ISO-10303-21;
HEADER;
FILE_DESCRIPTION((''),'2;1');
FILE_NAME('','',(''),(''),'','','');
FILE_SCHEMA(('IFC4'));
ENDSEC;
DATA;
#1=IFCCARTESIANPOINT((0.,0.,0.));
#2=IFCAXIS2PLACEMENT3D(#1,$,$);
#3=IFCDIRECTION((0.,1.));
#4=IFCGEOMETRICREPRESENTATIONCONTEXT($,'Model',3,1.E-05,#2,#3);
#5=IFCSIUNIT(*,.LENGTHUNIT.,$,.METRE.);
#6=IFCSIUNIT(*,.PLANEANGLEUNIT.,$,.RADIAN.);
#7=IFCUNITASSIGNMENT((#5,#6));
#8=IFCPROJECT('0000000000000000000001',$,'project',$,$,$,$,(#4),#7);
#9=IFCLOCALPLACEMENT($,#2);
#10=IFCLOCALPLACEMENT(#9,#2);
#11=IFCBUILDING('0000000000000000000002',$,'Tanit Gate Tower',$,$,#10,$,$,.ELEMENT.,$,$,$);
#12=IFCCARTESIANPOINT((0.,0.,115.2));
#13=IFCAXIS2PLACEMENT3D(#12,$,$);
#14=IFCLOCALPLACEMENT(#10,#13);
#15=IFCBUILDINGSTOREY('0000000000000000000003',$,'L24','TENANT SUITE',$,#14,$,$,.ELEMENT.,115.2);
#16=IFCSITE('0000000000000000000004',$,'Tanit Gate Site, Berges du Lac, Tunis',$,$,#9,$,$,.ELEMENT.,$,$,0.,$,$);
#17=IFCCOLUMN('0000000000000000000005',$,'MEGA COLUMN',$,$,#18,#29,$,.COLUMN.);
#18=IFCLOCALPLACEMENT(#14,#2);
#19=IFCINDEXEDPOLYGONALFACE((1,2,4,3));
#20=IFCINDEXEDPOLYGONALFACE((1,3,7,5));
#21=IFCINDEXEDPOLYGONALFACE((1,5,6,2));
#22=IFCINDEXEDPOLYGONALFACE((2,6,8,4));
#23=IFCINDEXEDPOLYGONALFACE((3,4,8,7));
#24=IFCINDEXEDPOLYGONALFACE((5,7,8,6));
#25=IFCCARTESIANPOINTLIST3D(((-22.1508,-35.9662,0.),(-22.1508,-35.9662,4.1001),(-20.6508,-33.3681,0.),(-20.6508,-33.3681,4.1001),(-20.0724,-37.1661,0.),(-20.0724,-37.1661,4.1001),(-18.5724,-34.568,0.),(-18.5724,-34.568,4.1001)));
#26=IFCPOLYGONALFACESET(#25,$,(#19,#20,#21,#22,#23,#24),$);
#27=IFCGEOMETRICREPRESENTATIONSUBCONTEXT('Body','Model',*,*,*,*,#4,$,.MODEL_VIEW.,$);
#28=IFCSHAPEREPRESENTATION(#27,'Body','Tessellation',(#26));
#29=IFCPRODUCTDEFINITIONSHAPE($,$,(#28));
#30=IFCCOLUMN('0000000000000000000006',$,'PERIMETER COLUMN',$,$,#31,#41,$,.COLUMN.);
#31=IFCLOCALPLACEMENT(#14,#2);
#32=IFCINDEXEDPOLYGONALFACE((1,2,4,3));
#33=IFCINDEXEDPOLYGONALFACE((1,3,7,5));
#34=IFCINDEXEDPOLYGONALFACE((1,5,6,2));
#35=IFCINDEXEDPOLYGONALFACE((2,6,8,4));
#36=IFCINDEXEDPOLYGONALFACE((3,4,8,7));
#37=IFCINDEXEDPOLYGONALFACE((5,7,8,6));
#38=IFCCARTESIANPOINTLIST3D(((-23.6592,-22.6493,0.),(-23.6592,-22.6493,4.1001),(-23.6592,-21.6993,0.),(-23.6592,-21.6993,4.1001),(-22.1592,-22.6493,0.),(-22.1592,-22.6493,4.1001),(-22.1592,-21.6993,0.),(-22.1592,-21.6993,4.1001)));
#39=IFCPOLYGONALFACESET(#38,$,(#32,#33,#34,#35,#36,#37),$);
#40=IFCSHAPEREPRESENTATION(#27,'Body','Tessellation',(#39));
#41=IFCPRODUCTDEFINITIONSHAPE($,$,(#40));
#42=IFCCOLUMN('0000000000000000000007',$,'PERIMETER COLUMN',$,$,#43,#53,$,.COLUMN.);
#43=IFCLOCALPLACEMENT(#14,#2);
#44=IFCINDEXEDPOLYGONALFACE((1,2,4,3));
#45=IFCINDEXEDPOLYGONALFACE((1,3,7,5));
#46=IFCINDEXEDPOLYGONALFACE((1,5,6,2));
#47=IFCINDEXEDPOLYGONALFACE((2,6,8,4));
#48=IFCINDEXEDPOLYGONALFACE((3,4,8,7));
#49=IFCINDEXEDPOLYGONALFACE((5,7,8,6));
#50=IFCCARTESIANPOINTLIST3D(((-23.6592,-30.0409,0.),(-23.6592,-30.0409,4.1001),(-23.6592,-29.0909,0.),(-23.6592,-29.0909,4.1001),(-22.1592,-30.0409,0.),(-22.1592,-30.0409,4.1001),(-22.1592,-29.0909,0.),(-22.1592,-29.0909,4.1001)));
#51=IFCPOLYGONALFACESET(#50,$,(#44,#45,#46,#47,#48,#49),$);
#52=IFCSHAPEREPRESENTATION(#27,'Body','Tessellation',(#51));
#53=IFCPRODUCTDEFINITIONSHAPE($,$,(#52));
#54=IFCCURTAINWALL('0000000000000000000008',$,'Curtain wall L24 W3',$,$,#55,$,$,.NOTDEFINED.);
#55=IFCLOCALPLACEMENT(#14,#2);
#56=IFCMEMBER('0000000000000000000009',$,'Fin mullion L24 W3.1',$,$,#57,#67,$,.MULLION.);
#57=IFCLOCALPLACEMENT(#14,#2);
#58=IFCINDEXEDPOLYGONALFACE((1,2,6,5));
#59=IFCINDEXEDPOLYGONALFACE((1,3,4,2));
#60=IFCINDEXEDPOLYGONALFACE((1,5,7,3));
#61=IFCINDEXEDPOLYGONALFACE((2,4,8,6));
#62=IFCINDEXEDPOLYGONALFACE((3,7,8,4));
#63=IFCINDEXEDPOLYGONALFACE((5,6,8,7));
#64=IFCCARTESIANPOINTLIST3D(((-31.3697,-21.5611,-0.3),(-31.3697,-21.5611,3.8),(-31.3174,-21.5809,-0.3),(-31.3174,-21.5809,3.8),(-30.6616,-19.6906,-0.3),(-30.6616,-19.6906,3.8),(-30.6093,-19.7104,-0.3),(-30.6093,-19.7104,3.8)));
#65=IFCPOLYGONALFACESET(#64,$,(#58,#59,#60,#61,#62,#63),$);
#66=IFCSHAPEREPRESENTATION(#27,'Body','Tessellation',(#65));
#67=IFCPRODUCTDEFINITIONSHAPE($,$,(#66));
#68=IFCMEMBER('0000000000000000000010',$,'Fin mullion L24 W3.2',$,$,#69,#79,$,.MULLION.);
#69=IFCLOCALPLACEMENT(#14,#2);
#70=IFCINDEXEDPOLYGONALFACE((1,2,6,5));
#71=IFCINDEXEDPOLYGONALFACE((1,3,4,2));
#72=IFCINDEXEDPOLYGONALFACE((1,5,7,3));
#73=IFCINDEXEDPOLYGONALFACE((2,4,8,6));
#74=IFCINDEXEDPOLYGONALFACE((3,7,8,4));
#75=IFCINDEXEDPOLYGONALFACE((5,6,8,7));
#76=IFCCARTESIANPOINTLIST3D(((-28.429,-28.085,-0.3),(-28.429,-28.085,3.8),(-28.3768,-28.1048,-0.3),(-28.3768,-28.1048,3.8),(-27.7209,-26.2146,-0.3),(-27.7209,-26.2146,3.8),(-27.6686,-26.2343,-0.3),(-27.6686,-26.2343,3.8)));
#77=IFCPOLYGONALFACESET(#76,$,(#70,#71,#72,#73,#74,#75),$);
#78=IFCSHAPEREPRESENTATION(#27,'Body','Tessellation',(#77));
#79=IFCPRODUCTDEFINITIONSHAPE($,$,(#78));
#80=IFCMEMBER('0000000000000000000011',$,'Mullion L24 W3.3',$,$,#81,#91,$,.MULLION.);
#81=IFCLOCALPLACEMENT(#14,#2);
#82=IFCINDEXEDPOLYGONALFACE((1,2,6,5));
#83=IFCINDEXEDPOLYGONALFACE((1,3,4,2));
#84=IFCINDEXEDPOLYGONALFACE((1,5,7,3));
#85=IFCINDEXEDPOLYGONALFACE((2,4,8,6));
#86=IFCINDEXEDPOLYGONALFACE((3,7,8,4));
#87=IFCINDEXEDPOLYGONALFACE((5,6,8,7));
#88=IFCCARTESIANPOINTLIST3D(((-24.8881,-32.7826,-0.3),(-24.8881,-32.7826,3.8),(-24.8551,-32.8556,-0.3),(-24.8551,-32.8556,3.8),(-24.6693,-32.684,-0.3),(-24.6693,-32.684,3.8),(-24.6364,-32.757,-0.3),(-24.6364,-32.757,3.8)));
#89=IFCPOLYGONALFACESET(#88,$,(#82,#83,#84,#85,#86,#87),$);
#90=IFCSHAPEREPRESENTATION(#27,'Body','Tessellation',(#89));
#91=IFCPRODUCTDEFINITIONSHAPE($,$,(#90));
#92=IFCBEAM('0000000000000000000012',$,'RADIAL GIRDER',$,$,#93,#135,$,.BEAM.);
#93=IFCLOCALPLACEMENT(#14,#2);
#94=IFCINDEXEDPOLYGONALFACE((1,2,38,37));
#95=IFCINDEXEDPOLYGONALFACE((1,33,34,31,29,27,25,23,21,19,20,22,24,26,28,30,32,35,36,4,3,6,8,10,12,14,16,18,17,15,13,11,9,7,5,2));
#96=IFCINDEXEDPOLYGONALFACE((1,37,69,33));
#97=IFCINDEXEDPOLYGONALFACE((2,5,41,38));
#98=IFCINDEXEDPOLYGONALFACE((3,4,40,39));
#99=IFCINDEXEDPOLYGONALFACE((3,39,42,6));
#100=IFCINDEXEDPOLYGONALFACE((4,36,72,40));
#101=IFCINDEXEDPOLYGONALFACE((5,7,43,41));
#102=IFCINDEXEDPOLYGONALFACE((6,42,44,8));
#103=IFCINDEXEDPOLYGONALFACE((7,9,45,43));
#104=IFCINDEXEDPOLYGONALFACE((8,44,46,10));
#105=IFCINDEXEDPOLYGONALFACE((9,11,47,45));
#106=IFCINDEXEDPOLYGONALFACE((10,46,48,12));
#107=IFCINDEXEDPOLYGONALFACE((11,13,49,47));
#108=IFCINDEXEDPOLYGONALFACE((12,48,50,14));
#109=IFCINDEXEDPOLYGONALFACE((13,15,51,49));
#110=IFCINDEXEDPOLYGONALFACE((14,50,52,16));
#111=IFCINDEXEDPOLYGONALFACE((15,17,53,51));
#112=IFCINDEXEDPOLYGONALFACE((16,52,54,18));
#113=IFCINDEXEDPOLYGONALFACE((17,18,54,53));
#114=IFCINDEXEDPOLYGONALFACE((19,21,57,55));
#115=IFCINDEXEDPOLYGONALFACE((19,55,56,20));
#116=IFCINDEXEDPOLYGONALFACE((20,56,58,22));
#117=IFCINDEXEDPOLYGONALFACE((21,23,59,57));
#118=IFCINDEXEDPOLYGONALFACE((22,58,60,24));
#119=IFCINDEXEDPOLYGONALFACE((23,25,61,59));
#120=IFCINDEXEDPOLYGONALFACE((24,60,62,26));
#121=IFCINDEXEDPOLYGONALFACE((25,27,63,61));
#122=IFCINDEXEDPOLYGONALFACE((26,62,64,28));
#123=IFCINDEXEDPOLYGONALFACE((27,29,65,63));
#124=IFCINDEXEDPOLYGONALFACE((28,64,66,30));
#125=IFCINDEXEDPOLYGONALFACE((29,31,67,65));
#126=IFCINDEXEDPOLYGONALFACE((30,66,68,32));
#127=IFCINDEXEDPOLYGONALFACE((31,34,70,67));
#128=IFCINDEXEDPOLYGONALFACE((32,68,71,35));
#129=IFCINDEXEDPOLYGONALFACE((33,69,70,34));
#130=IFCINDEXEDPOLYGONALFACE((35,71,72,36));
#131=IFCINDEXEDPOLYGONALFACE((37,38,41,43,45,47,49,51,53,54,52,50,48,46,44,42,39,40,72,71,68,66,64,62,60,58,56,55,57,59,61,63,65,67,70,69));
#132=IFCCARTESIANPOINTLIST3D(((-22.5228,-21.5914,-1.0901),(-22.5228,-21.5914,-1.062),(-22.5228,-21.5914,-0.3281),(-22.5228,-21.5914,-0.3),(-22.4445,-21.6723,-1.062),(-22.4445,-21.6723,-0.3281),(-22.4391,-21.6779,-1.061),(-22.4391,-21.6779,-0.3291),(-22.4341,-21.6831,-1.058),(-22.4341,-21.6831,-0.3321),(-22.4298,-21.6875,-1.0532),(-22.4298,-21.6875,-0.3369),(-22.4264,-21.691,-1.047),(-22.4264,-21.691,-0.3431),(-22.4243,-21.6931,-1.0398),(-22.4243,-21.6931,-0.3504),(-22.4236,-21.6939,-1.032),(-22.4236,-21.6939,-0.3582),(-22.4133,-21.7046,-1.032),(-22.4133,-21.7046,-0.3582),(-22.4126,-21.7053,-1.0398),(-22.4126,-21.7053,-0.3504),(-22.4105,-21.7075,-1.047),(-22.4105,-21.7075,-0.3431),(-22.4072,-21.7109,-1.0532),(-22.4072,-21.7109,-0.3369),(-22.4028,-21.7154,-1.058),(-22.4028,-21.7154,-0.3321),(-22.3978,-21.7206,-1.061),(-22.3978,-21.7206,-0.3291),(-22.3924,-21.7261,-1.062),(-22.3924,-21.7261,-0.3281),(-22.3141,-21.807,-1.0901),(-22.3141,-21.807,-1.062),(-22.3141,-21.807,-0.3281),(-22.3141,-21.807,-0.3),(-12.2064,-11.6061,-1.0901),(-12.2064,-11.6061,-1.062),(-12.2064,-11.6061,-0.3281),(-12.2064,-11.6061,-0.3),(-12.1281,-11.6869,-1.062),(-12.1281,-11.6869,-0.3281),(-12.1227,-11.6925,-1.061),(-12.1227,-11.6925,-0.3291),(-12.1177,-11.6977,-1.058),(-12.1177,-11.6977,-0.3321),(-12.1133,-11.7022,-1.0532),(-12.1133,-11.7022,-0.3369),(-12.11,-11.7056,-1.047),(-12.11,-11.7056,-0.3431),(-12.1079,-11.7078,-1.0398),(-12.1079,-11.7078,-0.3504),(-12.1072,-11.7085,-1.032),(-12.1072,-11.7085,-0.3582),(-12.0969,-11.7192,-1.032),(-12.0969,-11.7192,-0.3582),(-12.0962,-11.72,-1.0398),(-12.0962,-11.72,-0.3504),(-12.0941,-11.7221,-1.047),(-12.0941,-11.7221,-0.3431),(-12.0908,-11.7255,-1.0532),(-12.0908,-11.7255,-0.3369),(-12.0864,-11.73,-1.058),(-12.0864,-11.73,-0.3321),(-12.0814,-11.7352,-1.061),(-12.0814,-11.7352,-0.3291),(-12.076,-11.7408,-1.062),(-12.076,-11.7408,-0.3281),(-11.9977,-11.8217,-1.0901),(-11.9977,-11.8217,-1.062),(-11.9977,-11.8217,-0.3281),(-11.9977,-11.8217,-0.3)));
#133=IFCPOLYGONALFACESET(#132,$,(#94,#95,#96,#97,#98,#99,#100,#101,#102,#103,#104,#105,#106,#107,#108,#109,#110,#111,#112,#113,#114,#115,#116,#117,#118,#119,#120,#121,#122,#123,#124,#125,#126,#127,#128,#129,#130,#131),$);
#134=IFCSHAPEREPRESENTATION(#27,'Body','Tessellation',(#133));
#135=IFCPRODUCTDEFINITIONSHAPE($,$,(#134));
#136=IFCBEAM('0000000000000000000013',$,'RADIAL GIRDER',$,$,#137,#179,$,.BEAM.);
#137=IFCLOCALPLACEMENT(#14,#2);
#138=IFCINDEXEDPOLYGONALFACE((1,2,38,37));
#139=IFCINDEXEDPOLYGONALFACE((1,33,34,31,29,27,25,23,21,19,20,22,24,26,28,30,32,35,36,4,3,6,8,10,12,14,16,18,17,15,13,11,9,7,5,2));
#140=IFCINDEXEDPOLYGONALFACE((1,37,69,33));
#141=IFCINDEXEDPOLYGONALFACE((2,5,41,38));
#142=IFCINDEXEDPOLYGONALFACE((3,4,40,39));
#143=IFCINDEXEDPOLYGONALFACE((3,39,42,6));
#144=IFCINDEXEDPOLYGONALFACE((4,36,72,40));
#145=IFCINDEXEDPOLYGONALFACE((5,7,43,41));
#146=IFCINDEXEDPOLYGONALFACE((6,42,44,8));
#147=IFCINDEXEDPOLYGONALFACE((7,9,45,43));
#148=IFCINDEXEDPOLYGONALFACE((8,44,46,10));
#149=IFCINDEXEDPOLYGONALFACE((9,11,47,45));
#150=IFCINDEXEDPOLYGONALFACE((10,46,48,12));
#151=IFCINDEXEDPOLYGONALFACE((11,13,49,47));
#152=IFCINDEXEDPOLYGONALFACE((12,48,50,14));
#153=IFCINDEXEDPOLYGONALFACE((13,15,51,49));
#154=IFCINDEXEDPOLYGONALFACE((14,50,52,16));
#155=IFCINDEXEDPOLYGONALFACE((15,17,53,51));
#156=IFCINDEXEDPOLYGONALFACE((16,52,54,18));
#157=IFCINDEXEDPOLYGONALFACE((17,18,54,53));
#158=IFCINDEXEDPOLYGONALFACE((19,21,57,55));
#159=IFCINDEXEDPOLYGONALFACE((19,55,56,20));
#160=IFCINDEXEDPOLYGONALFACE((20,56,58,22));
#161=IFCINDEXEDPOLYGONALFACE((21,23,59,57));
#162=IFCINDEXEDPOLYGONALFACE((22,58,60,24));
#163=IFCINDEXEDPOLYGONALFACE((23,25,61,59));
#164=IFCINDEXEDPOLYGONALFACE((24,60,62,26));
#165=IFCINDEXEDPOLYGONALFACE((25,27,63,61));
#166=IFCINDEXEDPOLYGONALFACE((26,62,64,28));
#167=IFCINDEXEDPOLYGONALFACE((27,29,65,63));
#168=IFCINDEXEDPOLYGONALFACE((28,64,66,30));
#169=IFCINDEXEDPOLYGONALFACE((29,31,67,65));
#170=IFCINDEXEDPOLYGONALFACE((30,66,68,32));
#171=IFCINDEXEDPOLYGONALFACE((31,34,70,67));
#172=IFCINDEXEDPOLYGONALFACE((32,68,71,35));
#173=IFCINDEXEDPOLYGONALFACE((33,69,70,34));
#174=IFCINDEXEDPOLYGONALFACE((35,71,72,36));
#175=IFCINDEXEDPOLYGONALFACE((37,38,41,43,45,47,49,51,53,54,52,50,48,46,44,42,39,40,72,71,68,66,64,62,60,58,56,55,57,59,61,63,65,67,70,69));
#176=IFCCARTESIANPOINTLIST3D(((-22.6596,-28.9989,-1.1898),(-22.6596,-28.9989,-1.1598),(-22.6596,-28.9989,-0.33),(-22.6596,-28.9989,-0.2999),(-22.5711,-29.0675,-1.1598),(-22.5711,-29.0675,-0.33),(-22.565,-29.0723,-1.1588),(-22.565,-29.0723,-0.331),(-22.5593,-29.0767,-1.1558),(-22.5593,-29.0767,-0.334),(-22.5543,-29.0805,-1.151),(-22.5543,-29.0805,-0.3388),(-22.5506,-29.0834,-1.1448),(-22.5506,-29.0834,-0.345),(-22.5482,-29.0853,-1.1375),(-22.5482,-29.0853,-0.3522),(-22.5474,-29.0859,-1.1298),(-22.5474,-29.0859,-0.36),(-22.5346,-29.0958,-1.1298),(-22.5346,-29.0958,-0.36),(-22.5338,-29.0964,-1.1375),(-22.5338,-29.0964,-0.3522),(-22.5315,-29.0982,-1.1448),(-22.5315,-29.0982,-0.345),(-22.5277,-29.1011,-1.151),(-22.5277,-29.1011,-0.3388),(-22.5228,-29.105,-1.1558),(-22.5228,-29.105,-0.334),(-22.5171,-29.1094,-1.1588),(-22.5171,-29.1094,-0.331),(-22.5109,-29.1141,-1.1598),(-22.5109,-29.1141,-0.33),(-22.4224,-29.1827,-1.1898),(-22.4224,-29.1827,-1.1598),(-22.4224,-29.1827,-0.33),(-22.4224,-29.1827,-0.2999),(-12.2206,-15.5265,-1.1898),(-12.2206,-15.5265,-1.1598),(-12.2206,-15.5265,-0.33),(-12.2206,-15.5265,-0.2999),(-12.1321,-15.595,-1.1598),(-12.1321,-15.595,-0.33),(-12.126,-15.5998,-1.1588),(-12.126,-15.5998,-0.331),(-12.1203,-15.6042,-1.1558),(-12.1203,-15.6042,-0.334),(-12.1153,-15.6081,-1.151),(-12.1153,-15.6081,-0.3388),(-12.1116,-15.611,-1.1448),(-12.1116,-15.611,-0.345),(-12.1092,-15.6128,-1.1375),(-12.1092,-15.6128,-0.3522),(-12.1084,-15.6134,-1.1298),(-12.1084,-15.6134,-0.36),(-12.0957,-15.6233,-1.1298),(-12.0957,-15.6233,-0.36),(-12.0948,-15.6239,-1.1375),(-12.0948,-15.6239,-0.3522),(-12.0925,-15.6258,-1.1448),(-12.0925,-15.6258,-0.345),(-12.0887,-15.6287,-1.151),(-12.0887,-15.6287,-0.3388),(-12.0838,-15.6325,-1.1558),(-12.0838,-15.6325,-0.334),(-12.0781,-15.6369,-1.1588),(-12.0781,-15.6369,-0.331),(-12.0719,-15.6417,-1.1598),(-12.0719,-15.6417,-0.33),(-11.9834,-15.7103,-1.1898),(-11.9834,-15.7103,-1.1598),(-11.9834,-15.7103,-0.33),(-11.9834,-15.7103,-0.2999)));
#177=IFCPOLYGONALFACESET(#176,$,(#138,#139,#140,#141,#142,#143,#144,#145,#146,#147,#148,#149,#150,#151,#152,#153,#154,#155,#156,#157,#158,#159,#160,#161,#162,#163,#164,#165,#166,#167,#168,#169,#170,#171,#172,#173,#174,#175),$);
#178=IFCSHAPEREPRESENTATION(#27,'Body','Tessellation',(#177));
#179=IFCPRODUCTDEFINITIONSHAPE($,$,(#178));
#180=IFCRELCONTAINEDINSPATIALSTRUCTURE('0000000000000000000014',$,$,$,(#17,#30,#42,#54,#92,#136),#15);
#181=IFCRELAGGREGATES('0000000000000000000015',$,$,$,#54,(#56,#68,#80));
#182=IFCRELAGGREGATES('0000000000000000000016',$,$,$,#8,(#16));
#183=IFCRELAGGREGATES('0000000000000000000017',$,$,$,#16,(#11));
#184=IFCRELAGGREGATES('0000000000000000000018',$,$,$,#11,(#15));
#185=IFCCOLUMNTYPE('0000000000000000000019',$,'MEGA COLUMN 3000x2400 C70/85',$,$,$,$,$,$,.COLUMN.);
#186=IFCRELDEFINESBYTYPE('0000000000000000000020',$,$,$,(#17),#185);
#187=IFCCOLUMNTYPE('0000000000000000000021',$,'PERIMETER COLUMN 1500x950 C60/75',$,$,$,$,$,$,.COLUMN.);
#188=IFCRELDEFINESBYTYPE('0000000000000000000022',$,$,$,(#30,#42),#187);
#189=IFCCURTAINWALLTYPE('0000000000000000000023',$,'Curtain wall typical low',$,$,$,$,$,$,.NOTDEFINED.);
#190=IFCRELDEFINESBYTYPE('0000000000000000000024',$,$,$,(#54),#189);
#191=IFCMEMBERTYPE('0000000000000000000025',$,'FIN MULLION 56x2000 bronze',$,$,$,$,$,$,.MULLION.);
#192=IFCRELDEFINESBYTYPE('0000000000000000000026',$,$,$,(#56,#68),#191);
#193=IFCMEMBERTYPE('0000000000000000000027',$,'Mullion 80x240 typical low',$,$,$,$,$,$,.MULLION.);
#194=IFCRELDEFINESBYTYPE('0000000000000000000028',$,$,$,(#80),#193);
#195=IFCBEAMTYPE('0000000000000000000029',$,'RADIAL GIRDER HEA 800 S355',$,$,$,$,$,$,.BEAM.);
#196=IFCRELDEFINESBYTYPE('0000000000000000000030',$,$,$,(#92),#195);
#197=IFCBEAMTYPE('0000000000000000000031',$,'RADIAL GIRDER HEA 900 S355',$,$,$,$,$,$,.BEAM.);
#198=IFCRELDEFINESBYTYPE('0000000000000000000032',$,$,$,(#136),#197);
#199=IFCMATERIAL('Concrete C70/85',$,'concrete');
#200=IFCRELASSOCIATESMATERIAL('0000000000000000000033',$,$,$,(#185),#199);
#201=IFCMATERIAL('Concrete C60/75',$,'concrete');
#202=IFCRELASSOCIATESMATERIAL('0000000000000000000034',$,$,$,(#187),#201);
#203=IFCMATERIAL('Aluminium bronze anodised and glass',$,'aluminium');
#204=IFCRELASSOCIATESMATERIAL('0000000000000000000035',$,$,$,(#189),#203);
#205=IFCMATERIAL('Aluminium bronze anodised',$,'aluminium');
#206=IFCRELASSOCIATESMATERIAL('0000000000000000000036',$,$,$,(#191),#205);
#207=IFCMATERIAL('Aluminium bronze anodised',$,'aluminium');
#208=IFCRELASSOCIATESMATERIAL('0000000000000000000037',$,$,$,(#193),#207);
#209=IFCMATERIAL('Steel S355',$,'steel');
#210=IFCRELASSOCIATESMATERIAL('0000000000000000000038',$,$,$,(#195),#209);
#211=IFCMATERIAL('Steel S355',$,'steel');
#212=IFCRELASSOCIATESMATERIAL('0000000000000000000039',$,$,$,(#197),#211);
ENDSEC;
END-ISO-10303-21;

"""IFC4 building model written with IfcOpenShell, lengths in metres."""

from ifc_helpers import new_model, si_unit, direction, frame, origin, origin_2d, place, context, subcontext, project, spatial, rectangle, i_section, extrude, material, material_profile, profile_set, type_object, element, aggregate, save


model = new_model("IFC4")

# Units and contexts
model_context = context("Model", 3, precision=1e-05, world=origin(), true_north=direction((0.0, 1.0)))
body_context = subcontext(model_context, "Body", "Model", "MODEL_VIEW")
ifc_project = project(units=[si_unit("LENGTHUNIT", "METRE"), si_unit("PLANEANGLEUNIT", "RADIAN")], contexts=[model_context])

# Site, building, storey
site_placement = place(None, origin())
site = spatial("IfcSite", under=ifc_project, at=site_placement, Name="Tanit Gate Site, Berges du Lac, Tunis", CompositionType="ELEMENT", RefElevation=0.0)
building_placement = place(site_placement, origin())
building = spatial("IfcBuilding", under=site, at=building_placement, Name="Tanit Gate Tower", CompositionType="ELEMENT")
storey_placement = place(building_placement, frame((0.0, 0.0, 115.2)))
storey = spatial("IfcBuildingStorey", under=building, at=storey_placement, Name="L24", Description="TENANT SUITE", CompositionType="ELEMENT", Elevation=115.2)

# Columns
ifc_material_1 = material(Name="Concrete C70/85", Category="concrete")
ifc_material_profile_1 = material_profile(ifc_material_1, rectangle(XDim=3.0, YDim=2.3999, at=origin_2d()), Name="RC 3000x2400")
ifc_profile_set_1 = profile_set([ifc_material_profile_1], Name="Concrete C70/85")
column_type_1 = type_object("IfcColumnType", Name="MEGA COLUMN 3000x2400 C70/85", PredefinedType="COLUMN", material=ifc_profile_set_1)
column_placement = place(storey_placement, frame((-20.3616, -35.2671, 0.0), z_axis=(0.0, 0.0, 1.0), x_axis=(-0.5, -0.866025, 0.0)))
element("IfcColumn", 1, at=column_placement, inside=storey, type_object=column_type_1, Name="MEGA COLUMN", PredefinedType="COLUMN", context=body_context, shape_type="SweptSolid", body=[
    extrude(rectangle(XDim=3.0, YDim=2.3999, at=origin_2d()), origin(), (0.0, 0.0, 1.0), 4.1001),
])
ifc_material_2 = material(Name="Concrete C60/75", Category="concrete")
ifc_material_profile_2 = material_profile(ifc_material_2, rectangle(XDim=1.5, YDim=0.95, at=origin_2d()), Name="RC 1500x950")
ifc_profile_set_2 = profile_set([ifc_material_profile_2], Name="Concrete C60/75")
column_type_2 = type_object("IfcColumnType", Name="PERIMETER COLUMN 1500x950 C60/75", PredefinedType="COLUMN", material=ifc_profile_set_2)
for number, where, z_axis, x_axis, name in (
    (2, (-22.9092, -22.1743, 0.0), (0.0, 0.0, 1.0), (-1.0, 0.0, 0.0), "PERIMETER COLUMN"),
    (3, (-22.9092, -29.5659, 0.0), (0.0, 0.0, 1.0), (-1.0, 0.0, 0.0), "PERIMETER COLUMN"),
):
    element("IfcColumn", number, at=place(storey_placement, frame(where, z_axis=z_axis, x_axis=x_axis)), inside=storey, type_object=column_type_2, Name=name, PredefinedType="COLUMN", context=body_context, shape_type="SweptSolid", body=[
        extrude(rectangle(XDim=1.5, YDim=0.95, at=origin_2d()), origin(), (0.0, 0.0, 1.0), 4.1001),
    ])

# Curtain wall, members
ifc_material_3 = material(Name="Aluminium bronze anodised and glass", Category="aluminium")
curtain_wall_type = type_object("IfcCurtainWallType", Name="Curtain wall typical low", PredefinedType="NOTDEFINED", material=ifc_material_3)
curtain_wall_placement = place(storey_placement, origin())
curtain_wall = element("IfcCurtainWall", 4, at=curtain_wall_placement, inside=storey, type_object=curtain_wall_type, Name="Curtain wall L24 W3", PredefinedType="NOTDEFINED")
ifc_material_4 = material(Name="Aluminium bronze anodised", Category="aluminium")
ifc_material_profile_3 = material_profile(ifc_material_4, rectangle(XDim=2.0, YDim=0.0559, at=origin_2d()), Name="56x2000 bronze fin mullion")
ifc_profile_set_3 = profile_set([ifc_material_profile_3], Name="Aluminium bronze anodised")
member_type_1 = type_object("IfcMemberType", Name="FIN MULLION 56x2000 bronze", PredefinedType="MULLION", material=ifc_profile_set_3)
member_1_placement = place(storey_placement, frame((-30.9895, -20.6357, -0.3), z_axis=(0.0, 0.0, 1.0), x_axis=(0.354076, 0.935217, 0.0)))
member_1 = element("IfcMember", 5, at=member_1_placement, type_object=member_type_1, Name="Fin mullion L24 W3.1", PredefinedType="MULLION", context=body_context, shape_type="SweptSolid", body=[
    extrude(rectangle(XDim=2.0, YDim=0.0559, at=origin_2d()), origin(), (0.0, 0.0, 1.0), 4.1001),
])
member_2_placement = place(storey_placement, frame((-28.0488, -27.1597, -0.3), z_axis=(0.0, 0.0, 1.0), x_axis=(0.354076, 0.935217, 0.0)))
member_2 = element("IfcMember", 6, at=member_2_placement, type_object=member_type_1, Name="Fin mullion L24 W3.2", PredefinedType="MULLION", context=body_context, shape_type="SweptSolid", body=[
    extrude(rectangle(XDim=2.0, YDim=0.0559, at=origin_2d()), origin(), (0.0, 0.0, 1.0), 4.1001),
])
ifc_material_5 = material(Name="Aluminium bronze anodised", Category="aluminium")
ifc_material_profile_4 = material_profile(ifc_material_5, rectangle(XDim=0.24, YDim=0.0801, at=origin_2d()), Name="80x240 bronze mullion")
ifc_profile_set_4 = profile_set([ifc_material_profile_4], Name="Aluminium bronze anodised")
member_type_2 = type_object("IfcMemberType", Name="Mullion 80x240 typical low", PredefinedType="MULLION", material=ifc_profile_set_4)
member_3_placement = place(storey_placement, frame((-24.7622, -32.7698, -0.3), z_axis=(0.0, 0.0, 1.0), x_axis=(0.911668, 0.410928, 0.0)))
member_3 = element("IfcMember", 7, at=member_3_placement, type_object=member_type_2, Name="Mullion L24 W3.3", PredefinedType="MULLION", context=body_context, shape_type="SweptSolid", body=[
    extrude(rectangle(XDim=0.24, YDim=0.0801, at=origin_2d()), origin(), (0.0, 0.0, 1.0), 4.1001),
])

# Beams
ifc_material_6 = material(Name="Steel S355", Category="steel")
ifc_material_profile_5 = material_profile(ifc_material_6, i_section(OverallWidth=0.3, OverallDepth=0.79, WebThickness=0.0149, FlangeThickness=0.0281, FilletRadius=0.03, at=origin_2d()), Name="HEA 800")
ifc_profile_set_5 = profile_set([ifc_material_profile_5], Name="Steel S355")
beam_type_1 = type_object("IfcBeamType", Name="RADIAL GIRDER HEA 800 S355", PredefinedType="BEAM", material=ifc_profile_set_5)
beam_1_placement = place(storey_placement, frame((-22.4185, -21.6992, -0.6951), z_axis=(0.718542, 0.695484, 0.0), x_axis=(-0.695484, 0.718542, 0.0)))
element("IfcBeam", 8, at=beam_1_placement, inside=storey, type_object=beam_type_1, Name="RADIAL GIRDER", PredefinedType="BEAM", context=body_context, shape_type="SweptSolid", body=[
    extrude(i_section(OverallWidth=0.3, OverallDepth=0.79, WebThickness=0.0149, FlangeThickness=0.0281, FilletRadius=0.03, at=origin_2d()), origin(), (0.0, 0.0, 1.0), 14.3574),
])
ifc_material_7 = material(Name="Steel S355", Category="steel")
ifc_material_profile_6 = material_profile(ifc_material_7, i_section(OverallWidth=0.3, OverallDepth=0.8899, WebThickness=0.0161, FlangeThickness=0.03, FilletRadius=0.03, at=origin_2d()), Name="HEA 900")
ifc_profile_set_6 = profile_set([ifc_material_profile_6], Name="Steel S355")
beam_type_2 = type_object("IfcBeamType", Name="RADIAL GIRDER HEA 900 S355", PredefinedType="BEAM", material=ifc_profile_set_6)
beam_2_placement = place(storey_placement, frame((-22.541, -29.0908, -0.7449), z_axis=(0.612493, 0.790476, 0.0), x_axis=(-0.790476, 0.612493, 0.0)))
element("IfcBeam", 9, at=beam_2_placement, inside=storey, type_object=beam_type_2, Name="RADIAL GIRDER", PredefinedType="BEAM", context=body_context, shape_type="SweptSolid", body=[
    extrude(i_section(OverallWidth=0.3, OverallDepth=0.8899, WebThickness=0.0161, FlangeThickness=0.03, FilletRadius=0.03, at=origin_2d()), origin(), (0.0, 0.0, 1.0), 17.0435),
])

aggregate(curtain_wall, [member_1, member_2, member_3])

save(model, "model.ifc")
